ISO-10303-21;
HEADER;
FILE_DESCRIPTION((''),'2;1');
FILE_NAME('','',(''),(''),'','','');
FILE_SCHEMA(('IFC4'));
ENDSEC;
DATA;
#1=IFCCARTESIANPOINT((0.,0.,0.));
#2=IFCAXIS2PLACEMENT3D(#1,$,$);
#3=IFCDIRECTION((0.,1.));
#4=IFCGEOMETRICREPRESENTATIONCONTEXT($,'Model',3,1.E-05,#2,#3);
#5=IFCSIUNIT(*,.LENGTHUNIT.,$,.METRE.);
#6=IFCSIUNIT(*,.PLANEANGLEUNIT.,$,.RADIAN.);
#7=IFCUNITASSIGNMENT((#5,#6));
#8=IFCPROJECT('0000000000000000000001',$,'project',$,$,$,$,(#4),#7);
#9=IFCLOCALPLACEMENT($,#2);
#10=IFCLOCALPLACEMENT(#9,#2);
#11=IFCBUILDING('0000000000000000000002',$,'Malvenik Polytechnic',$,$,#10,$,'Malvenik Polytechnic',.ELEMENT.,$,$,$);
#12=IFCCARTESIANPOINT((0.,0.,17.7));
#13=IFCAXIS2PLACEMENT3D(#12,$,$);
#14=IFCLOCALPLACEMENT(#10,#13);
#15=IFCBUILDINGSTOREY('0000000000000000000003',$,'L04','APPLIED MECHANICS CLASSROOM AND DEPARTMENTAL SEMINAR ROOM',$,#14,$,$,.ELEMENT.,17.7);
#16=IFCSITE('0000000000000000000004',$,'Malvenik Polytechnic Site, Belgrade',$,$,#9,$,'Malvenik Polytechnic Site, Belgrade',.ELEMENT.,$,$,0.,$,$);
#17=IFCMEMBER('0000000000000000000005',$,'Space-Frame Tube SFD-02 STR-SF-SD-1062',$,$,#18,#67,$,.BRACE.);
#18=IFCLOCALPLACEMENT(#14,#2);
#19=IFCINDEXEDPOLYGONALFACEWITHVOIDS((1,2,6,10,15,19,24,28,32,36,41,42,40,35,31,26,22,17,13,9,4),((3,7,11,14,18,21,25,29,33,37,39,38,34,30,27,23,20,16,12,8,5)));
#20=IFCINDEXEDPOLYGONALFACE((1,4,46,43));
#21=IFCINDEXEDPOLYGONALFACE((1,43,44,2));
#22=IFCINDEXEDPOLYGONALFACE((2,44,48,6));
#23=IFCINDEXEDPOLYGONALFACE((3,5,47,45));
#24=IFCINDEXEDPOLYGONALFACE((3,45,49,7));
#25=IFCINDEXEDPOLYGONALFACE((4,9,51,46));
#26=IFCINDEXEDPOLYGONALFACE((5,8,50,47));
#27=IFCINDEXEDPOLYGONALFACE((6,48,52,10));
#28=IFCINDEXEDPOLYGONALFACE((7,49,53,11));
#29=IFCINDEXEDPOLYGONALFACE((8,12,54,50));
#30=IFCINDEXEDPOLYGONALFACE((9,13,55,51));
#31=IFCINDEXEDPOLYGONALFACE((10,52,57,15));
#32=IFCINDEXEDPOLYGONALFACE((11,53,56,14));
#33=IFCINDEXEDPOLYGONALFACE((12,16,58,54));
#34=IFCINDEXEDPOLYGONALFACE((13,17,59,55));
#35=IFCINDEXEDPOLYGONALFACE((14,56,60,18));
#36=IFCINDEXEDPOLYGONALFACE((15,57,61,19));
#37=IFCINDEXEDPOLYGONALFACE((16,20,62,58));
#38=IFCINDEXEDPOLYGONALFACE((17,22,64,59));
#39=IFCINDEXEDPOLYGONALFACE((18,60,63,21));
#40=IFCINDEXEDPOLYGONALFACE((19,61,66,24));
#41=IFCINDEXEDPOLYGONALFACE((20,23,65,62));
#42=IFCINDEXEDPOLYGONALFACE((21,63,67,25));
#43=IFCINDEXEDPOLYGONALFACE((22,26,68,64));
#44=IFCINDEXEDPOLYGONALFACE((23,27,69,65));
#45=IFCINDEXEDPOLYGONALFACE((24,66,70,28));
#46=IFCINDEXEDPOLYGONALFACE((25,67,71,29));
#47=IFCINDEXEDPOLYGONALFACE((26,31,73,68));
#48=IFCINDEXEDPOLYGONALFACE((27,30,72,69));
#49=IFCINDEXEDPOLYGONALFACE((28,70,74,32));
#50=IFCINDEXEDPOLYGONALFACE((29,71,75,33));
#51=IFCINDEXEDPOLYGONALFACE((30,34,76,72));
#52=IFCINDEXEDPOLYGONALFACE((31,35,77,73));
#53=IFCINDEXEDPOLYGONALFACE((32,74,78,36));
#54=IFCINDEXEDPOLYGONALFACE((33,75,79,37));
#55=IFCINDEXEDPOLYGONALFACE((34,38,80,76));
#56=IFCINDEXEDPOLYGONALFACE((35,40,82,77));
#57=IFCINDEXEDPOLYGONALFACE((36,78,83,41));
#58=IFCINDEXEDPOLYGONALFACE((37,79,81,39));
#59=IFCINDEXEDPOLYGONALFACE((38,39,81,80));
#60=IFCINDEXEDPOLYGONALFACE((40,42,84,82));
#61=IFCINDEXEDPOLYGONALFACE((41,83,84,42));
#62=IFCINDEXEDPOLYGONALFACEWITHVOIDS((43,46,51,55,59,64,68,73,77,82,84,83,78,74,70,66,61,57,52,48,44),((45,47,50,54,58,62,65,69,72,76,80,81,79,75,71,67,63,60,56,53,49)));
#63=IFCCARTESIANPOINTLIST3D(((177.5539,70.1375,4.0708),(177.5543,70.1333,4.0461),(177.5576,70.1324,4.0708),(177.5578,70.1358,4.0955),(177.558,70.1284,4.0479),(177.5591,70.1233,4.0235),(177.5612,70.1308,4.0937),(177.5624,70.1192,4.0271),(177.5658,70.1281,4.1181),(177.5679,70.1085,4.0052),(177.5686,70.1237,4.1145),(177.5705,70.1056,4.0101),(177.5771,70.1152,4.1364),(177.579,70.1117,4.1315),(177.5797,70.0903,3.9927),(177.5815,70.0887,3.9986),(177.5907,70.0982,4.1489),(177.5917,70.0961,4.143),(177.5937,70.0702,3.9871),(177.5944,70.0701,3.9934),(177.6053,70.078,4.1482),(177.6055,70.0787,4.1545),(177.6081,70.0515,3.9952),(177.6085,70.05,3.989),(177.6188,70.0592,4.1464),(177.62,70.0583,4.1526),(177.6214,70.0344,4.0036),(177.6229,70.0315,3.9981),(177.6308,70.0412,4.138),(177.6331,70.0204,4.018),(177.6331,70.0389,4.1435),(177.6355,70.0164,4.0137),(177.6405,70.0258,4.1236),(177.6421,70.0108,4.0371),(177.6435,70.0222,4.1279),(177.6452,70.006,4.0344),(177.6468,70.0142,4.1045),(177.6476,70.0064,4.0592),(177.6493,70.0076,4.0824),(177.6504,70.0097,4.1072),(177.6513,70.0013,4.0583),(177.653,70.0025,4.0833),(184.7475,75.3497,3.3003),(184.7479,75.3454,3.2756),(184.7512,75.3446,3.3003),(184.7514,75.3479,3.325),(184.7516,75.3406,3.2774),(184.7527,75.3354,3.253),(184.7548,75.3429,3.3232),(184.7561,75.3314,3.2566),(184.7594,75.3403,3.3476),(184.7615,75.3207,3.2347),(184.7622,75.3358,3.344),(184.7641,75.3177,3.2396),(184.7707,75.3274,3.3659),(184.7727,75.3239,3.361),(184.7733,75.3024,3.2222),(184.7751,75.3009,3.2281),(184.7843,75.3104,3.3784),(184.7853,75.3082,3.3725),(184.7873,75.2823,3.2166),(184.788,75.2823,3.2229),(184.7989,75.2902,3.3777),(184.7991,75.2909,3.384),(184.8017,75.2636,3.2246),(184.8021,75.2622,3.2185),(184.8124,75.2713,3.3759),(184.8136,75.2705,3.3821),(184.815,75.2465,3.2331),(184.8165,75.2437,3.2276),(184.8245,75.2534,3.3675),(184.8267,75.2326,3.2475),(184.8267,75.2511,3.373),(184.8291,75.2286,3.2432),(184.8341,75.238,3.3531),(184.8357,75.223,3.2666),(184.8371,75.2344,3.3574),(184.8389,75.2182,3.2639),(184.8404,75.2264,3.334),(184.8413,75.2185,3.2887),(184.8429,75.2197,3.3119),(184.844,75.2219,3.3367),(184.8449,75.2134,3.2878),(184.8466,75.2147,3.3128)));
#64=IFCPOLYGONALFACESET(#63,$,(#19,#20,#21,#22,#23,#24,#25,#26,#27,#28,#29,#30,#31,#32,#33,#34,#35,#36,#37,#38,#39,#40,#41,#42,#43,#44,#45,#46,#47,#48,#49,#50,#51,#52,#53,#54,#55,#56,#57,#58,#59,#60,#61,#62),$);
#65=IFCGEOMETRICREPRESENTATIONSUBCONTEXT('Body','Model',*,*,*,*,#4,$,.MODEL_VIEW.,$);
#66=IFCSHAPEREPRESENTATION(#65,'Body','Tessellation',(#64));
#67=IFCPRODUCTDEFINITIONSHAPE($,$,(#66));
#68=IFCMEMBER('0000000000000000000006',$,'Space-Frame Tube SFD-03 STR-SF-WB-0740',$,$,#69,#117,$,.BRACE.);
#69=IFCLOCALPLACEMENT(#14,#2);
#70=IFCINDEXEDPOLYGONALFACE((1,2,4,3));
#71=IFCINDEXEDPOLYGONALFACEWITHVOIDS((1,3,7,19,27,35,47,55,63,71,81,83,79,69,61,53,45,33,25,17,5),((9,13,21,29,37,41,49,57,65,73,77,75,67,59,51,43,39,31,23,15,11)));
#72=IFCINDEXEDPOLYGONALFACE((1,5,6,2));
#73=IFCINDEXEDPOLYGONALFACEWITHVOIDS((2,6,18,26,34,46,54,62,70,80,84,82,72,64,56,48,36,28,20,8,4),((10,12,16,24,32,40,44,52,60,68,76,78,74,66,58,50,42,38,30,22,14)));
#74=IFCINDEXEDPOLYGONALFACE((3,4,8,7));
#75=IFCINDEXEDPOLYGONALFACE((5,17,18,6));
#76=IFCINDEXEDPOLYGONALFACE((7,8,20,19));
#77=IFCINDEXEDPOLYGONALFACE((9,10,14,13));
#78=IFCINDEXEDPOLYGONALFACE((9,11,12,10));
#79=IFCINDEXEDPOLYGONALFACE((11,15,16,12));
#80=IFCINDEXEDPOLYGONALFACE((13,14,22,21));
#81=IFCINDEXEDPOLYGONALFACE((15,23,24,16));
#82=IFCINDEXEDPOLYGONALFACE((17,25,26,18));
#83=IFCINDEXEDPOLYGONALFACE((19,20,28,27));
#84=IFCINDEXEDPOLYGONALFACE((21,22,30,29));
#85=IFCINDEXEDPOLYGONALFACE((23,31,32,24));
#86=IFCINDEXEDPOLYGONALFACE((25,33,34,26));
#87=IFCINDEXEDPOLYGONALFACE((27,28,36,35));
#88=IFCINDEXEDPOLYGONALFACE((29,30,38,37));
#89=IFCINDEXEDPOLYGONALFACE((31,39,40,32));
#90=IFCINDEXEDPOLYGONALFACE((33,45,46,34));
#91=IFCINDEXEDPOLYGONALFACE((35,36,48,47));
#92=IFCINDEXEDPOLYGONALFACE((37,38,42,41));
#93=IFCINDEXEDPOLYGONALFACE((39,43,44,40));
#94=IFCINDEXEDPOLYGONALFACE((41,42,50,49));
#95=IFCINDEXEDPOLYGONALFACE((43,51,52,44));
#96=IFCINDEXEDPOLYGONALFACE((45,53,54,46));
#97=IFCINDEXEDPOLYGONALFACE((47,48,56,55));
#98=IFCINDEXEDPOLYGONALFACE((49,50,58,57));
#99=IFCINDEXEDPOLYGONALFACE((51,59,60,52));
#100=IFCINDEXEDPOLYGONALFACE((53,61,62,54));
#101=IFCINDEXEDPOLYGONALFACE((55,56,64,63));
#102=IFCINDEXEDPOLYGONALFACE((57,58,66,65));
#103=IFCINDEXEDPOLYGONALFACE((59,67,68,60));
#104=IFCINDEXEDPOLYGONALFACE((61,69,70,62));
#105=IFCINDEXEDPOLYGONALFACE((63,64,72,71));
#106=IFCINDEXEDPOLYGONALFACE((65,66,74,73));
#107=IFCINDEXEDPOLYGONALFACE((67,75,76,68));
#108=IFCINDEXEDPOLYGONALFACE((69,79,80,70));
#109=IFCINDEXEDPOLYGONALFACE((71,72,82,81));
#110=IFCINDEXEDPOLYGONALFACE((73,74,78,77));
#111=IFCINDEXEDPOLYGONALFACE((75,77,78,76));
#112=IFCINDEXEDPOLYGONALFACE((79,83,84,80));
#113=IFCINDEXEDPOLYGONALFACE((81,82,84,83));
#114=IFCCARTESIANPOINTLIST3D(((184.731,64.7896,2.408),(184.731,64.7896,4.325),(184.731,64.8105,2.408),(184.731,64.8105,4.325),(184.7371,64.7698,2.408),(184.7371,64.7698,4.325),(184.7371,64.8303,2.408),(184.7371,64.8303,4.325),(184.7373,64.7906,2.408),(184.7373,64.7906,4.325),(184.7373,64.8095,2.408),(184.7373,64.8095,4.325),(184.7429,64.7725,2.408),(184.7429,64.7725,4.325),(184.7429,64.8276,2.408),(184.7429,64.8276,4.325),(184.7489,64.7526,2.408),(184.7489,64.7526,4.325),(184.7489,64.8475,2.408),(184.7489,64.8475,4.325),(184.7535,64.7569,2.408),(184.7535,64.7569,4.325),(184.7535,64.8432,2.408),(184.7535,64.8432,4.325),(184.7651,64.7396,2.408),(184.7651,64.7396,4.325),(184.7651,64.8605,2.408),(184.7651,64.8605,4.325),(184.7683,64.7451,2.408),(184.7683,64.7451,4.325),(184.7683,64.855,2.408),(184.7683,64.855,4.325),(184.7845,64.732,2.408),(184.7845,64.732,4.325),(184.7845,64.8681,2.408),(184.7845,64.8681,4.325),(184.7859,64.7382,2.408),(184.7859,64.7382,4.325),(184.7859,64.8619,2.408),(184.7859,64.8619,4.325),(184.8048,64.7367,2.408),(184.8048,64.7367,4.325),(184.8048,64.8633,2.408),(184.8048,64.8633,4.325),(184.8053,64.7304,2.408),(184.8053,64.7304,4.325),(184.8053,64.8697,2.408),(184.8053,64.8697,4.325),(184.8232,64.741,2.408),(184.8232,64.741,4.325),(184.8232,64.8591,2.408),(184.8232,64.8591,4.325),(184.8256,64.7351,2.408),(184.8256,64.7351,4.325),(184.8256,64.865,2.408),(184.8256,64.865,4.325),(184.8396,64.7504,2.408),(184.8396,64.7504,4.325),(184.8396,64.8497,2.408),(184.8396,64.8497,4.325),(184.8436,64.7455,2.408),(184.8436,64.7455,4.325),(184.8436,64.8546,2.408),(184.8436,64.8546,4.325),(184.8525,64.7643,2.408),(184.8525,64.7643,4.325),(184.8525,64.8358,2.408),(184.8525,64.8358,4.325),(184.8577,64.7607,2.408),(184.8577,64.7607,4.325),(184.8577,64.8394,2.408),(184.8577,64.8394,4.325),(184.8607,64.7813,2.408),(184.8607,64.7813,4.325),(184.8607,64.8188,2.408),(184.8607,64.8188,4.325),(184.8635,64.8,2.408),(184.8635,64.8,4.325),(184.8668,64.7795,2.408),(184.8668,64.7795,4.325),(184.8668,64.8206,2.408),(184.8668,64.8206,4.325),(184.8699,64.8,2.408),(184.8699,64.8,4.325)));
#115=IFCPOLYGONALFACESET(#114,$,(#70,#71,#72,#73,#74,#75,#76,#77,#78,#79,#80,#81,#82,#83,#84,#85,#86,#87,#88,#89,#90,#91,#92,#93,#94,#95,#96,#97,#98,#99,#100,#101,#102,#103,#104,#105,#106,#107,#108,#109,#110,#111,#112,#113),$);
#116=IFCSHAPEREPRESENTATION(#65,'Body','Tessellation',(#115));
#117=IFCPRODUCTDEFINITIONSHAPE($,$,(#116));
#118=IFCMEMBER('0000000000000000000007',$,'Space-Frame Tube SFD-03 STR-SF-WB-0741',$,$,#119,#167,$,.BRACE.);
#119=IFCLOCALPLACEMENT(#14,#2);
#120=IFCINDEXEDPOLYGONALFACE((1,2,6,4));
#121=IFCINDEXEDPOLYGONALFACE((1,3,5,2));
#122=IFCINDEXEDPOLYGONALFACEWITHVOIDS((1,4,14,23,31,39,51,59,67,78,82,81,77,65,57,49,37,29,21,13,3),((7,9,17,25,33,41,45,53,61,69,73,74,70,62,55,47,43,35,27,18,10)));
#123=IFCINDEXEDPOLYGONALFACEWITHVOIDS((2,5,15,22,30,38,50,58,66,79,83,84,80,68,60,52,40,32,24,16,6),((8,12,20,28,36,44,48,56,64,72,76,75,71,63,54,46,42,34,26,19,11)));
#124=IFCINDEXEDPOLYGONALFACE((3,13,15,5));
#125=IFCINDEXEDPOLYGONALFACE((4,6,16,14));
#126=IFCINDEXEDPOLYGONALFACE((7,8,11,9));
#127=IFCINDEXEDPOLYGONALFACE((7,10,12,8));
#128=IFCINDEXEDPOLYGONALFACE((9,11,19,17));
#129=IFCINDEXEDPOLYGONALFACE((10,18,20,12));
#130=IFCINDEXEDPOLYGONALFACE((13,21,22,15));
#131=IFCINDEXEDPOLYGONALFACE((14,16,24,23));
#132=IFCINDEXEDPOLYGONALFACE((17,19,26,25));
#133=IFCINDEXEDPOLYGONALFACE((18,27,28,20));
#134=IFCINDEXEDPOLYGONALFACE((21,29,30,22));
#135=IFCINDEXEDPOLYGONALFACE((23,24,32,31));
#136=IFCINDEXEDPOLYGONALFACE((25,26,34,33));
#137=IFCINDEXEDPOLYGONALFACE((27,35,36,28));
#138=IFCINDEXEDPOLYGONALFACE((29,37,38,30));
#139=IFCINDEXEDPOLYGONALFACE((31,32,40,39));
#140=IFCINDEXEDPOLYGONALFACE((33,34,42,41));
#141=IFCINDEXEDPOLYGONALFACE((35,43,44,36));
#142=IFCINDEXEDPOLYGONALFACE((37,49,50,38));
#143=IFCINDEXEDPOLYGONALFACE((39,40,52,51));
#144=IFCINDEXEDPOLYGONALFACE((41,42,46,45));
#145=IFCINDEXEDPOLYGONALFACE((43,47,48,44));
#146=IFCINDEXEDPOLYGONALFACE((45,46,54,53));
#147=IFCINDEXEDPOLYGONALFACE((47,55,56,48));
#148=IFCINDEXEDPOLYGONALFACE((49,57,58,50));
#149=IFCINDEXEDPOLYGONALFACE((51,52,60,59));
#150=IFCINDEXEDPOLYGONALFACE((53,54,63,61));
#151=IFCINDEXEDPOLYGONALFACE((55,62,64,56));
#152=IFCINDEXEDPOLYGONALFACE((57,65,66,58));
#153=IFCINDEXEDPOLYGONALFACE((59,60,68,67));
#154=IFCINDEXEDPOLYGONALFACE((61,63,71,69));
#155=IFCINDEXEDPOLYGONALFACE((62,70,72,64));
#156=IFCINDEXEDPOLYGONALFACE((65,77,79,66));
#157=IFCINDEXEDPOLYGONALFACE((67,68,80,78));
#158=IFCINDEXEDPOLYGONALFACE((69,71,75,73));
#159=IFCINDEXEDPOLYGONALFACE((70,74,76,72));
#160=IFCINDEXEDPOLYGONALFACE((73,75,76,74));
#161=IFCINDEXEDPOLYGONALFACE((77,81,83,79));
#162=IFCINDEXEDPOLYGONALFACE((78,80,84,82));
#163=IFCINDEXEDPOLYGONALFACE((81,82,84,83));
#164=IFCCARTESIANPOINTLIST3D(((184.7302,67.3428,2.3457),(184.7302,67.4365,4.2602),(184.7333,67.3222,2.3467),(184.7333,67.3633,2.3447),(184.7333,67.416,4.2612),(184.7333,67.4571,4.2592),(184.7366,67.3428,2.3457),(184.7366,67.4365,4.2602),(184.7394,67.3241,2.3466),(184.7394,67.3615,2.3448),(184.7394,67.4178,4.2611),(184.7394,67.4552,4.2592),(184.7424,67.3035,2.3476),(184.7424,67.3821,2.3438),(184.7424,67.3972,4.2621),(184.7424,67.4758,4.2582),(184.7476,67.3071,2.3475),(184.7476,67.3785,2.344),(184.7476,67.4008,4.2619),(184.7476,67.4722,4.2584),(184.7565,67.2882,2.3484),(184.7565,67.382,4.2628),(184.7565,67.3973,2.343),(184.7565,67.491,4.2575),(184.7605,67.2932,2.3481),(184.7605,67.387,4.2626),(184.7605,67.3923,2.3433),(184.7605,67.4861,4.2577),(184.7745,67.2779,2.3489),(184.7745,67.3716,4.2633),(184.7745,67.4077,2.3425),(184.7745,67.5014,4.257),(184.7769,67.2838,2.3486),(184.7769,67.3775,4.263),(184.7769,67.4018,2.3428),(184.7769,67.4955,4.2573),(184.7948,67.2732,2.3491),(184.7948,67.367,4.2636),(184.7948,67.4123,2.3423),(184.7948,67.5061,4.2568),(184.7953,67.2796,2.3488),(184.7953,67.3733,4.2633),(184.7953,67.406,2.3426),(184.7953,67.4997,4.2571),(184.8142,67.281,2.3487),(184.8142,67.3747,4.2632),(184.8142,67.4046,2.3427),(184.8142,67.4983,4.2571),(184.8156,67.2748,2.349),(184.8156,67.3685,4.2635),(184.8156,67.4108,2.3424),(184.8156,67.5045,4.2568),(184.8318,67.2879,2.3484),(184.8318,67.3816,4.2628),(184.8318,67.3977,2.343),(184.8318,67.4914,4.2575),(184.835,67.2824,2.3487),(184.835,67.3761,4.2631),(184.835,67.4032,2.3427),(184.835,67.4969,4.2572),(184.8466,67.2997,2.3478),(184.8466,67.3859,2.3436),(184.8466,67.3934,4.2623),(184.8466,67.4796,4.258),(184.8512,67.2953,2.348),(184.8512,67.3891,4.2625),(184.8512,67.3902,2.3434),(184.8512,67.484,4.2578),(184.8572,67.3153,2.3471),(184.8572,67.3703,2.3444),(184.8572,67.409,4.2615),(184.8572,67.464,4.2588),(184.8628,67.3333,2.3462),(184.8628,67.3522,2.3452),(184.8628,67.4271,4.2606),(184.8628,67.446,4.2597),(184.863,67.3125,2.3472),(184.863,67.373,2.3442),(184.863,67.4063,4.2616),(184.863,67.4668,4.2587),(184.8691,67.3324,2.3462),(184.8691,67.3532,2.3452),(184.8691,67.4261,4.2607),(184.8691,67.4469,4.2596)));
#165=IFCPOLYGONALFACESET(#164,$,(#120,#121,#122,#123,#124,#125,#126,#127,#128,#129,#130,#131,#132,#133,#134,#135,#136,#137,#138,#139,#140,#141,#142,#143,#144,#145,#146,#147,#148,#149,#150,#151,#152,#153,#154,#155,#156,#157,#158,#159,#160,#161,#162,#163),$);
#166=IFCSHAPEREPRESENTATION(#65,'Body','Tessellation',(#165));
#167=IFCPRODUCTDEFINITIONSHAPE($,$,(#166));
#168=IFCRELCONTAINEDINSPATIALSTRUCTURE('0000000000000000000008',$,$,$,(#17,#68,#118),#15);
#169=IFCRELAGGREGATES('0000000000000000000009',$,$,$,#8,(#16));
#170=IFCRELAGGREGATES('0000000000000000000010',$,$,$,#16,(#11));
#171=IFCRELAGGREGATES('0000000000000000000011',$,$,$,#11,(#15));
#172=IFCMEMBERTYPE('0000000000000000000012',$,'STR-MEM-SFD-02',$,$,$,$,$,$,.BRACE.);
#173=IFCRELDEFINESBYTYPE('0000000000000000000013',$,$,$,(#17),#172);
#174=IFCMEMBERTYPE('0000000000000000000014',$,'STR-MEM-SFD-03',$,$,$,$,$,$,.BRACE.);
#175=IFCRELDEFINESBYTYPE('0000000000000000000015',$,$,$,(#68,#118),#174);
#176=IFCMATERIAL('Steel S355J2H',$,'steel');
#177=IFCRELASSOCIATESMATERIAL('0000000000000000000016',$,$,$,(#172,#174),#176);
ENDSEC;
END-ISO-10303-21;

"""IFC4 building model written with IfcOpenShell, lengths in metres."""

from ifc_helpers import new_model, si_unit, direction, frame, origin, origin_2d, place, context, subcontext, project, spatial, hollow_circle, extrude, material, material_profile, profile_set, type_object, element, save


model = new_model("IFC4")

# Units and contexts
model_context = context("Model", 3, precision=1e-05, world=origin(), true_north=direction((0.0, 1.0)))
body_context = subcontext(model_context, "Body", "Model", "MODEL_VIEW")
ifc_project = project(units=[si_unit("LENGTHUNIT", "METRE"), si_unit("PLANEANGLEUNIT", "RADIAN")], contexts=[model_context])

# Site, building, storey
site_placement = place(None, origin())
site = spatial("IfcSite", under=ifc_project, at=site_placement, Name="Malvenik Polytechnic Site, Belgrade", LongName="Malvenik Polytechnic Site, Belgrade", CompositionType="ELEMENT", RefElevation=0.0)
building_placement = place(site_placement, origin())
building = spatial("IfcBuilding", under=site, at=building_placement, Name="Malvenik Polytechnic", LongName="Malvenik Polytechnic", CompositionType="ELEMENT")
storey_placement = place(building_placement, frame((0.0, 0.0, 17.7)))
storey = spatial("IfcBuildingStorey", under=building, at=storey_placement, Name="L04", Description="APPLIED MECHANICS CLASSROOM AND DEPARTMENTAL SEMINAR ROOM", CompositionType="ELEMENT", Elevation=17.7)

# Members
ifc_material_1 = material(Name="Steel S355J2H", Category="steel")
ifc_material_profile_1 = material_profile(ifc_material_1, hollow_circle(Radius=0.0842, WallThickness=0.0063, at=origin_2d()), Name="CHS 168.3x6.3")
ifc_profile_set_1 = profile_set([ifc_material_profile_1], Name="Steel S355J2H")
member_type_1 = type_object("IfcMemberType", Name="STR-MEM-SFD-02", PredefinedType="BRACE", material=ifc_profile_set_1)
member_1_placement = place(storey_placement, frame((177.6033, 70.0693, 4.0708), z_axis=(0.806753, 0.584536, -0.086411), x_axis=(-0.586731, 0.809782, 0.0)))
element("IfcMember", 1, at=member_1_placement, inside=storey, type_object=member_type_1, Name="Space-Frame Tube SFD-02 STR-SF-SD-1062", PredefinedType="BRACE", context=body_context, shape_type="SweptSolid", body=[
    extrude(hollow_circle(Radius=0.0842, WallThickness=0.0063, at=origin_2d()), origin(), (0.0, 0.0, 1.0), 8.9167),
])
ifc_material_profile_2 = material_profile(ifc_material_1, hollow_circle(Radius=0.0698, WallThickness=0.0063, at=origin_2d()), Name="CHS 139.7x6.3")
ifc_profile_set_2 = profile_set([ifc_material_profile_2], Name="Steel S355J2H")
member_type_2 = type_object("IfcMemberType", Name="STR-MEM-SFD-03", PredefinedType="BRACE", material=ifc_profile_set_2)
member_2_placement = place(storey_placement, frame((184.8, 64.8, 2.408), z_axis=(0.0, 0.0, 1.0), x_axis=(1.0, 0.0, 0.0)))
element("IfcMember", 2, at=member_2_placement, inside=storey, type_object=member_type_2, Name="Space-Frame Tube SFD-03 STR-SF-WB-0740", PredefinedType="BRACE", context=body_context, shape_type="SweptSolid", body=[
    extrude(hollow_circle(Radius=0.0698, WallThickness=0.0063, at=origin_2d()), origin(), (0.0, 0.0, 1.0), 1.917),
])
member_3_placement = place(storey_placement, frame((184.8, 67.3428, 2.3457), z_axis=(0.0, 0.048908, 0.998803), x_axis=(-1.0, 0.0, 0.0)))
element("IfcMember", 3, at=member_3_placement, inside=storey, type_object=member_type_2, Name="Space-Frame Tube SFD-03 STR-SF-WB-0741", PredefinedType="BRACE", context=body_context, shape_type="SweptSolid", body=[
    extrude(hollow_circle(Radius=0.0698, WallThickness=0.0063, at=origin_2d()), origin(), (0.0, 0.0, 1.0), 1.9167),
])

save(model, "model.ifc")
